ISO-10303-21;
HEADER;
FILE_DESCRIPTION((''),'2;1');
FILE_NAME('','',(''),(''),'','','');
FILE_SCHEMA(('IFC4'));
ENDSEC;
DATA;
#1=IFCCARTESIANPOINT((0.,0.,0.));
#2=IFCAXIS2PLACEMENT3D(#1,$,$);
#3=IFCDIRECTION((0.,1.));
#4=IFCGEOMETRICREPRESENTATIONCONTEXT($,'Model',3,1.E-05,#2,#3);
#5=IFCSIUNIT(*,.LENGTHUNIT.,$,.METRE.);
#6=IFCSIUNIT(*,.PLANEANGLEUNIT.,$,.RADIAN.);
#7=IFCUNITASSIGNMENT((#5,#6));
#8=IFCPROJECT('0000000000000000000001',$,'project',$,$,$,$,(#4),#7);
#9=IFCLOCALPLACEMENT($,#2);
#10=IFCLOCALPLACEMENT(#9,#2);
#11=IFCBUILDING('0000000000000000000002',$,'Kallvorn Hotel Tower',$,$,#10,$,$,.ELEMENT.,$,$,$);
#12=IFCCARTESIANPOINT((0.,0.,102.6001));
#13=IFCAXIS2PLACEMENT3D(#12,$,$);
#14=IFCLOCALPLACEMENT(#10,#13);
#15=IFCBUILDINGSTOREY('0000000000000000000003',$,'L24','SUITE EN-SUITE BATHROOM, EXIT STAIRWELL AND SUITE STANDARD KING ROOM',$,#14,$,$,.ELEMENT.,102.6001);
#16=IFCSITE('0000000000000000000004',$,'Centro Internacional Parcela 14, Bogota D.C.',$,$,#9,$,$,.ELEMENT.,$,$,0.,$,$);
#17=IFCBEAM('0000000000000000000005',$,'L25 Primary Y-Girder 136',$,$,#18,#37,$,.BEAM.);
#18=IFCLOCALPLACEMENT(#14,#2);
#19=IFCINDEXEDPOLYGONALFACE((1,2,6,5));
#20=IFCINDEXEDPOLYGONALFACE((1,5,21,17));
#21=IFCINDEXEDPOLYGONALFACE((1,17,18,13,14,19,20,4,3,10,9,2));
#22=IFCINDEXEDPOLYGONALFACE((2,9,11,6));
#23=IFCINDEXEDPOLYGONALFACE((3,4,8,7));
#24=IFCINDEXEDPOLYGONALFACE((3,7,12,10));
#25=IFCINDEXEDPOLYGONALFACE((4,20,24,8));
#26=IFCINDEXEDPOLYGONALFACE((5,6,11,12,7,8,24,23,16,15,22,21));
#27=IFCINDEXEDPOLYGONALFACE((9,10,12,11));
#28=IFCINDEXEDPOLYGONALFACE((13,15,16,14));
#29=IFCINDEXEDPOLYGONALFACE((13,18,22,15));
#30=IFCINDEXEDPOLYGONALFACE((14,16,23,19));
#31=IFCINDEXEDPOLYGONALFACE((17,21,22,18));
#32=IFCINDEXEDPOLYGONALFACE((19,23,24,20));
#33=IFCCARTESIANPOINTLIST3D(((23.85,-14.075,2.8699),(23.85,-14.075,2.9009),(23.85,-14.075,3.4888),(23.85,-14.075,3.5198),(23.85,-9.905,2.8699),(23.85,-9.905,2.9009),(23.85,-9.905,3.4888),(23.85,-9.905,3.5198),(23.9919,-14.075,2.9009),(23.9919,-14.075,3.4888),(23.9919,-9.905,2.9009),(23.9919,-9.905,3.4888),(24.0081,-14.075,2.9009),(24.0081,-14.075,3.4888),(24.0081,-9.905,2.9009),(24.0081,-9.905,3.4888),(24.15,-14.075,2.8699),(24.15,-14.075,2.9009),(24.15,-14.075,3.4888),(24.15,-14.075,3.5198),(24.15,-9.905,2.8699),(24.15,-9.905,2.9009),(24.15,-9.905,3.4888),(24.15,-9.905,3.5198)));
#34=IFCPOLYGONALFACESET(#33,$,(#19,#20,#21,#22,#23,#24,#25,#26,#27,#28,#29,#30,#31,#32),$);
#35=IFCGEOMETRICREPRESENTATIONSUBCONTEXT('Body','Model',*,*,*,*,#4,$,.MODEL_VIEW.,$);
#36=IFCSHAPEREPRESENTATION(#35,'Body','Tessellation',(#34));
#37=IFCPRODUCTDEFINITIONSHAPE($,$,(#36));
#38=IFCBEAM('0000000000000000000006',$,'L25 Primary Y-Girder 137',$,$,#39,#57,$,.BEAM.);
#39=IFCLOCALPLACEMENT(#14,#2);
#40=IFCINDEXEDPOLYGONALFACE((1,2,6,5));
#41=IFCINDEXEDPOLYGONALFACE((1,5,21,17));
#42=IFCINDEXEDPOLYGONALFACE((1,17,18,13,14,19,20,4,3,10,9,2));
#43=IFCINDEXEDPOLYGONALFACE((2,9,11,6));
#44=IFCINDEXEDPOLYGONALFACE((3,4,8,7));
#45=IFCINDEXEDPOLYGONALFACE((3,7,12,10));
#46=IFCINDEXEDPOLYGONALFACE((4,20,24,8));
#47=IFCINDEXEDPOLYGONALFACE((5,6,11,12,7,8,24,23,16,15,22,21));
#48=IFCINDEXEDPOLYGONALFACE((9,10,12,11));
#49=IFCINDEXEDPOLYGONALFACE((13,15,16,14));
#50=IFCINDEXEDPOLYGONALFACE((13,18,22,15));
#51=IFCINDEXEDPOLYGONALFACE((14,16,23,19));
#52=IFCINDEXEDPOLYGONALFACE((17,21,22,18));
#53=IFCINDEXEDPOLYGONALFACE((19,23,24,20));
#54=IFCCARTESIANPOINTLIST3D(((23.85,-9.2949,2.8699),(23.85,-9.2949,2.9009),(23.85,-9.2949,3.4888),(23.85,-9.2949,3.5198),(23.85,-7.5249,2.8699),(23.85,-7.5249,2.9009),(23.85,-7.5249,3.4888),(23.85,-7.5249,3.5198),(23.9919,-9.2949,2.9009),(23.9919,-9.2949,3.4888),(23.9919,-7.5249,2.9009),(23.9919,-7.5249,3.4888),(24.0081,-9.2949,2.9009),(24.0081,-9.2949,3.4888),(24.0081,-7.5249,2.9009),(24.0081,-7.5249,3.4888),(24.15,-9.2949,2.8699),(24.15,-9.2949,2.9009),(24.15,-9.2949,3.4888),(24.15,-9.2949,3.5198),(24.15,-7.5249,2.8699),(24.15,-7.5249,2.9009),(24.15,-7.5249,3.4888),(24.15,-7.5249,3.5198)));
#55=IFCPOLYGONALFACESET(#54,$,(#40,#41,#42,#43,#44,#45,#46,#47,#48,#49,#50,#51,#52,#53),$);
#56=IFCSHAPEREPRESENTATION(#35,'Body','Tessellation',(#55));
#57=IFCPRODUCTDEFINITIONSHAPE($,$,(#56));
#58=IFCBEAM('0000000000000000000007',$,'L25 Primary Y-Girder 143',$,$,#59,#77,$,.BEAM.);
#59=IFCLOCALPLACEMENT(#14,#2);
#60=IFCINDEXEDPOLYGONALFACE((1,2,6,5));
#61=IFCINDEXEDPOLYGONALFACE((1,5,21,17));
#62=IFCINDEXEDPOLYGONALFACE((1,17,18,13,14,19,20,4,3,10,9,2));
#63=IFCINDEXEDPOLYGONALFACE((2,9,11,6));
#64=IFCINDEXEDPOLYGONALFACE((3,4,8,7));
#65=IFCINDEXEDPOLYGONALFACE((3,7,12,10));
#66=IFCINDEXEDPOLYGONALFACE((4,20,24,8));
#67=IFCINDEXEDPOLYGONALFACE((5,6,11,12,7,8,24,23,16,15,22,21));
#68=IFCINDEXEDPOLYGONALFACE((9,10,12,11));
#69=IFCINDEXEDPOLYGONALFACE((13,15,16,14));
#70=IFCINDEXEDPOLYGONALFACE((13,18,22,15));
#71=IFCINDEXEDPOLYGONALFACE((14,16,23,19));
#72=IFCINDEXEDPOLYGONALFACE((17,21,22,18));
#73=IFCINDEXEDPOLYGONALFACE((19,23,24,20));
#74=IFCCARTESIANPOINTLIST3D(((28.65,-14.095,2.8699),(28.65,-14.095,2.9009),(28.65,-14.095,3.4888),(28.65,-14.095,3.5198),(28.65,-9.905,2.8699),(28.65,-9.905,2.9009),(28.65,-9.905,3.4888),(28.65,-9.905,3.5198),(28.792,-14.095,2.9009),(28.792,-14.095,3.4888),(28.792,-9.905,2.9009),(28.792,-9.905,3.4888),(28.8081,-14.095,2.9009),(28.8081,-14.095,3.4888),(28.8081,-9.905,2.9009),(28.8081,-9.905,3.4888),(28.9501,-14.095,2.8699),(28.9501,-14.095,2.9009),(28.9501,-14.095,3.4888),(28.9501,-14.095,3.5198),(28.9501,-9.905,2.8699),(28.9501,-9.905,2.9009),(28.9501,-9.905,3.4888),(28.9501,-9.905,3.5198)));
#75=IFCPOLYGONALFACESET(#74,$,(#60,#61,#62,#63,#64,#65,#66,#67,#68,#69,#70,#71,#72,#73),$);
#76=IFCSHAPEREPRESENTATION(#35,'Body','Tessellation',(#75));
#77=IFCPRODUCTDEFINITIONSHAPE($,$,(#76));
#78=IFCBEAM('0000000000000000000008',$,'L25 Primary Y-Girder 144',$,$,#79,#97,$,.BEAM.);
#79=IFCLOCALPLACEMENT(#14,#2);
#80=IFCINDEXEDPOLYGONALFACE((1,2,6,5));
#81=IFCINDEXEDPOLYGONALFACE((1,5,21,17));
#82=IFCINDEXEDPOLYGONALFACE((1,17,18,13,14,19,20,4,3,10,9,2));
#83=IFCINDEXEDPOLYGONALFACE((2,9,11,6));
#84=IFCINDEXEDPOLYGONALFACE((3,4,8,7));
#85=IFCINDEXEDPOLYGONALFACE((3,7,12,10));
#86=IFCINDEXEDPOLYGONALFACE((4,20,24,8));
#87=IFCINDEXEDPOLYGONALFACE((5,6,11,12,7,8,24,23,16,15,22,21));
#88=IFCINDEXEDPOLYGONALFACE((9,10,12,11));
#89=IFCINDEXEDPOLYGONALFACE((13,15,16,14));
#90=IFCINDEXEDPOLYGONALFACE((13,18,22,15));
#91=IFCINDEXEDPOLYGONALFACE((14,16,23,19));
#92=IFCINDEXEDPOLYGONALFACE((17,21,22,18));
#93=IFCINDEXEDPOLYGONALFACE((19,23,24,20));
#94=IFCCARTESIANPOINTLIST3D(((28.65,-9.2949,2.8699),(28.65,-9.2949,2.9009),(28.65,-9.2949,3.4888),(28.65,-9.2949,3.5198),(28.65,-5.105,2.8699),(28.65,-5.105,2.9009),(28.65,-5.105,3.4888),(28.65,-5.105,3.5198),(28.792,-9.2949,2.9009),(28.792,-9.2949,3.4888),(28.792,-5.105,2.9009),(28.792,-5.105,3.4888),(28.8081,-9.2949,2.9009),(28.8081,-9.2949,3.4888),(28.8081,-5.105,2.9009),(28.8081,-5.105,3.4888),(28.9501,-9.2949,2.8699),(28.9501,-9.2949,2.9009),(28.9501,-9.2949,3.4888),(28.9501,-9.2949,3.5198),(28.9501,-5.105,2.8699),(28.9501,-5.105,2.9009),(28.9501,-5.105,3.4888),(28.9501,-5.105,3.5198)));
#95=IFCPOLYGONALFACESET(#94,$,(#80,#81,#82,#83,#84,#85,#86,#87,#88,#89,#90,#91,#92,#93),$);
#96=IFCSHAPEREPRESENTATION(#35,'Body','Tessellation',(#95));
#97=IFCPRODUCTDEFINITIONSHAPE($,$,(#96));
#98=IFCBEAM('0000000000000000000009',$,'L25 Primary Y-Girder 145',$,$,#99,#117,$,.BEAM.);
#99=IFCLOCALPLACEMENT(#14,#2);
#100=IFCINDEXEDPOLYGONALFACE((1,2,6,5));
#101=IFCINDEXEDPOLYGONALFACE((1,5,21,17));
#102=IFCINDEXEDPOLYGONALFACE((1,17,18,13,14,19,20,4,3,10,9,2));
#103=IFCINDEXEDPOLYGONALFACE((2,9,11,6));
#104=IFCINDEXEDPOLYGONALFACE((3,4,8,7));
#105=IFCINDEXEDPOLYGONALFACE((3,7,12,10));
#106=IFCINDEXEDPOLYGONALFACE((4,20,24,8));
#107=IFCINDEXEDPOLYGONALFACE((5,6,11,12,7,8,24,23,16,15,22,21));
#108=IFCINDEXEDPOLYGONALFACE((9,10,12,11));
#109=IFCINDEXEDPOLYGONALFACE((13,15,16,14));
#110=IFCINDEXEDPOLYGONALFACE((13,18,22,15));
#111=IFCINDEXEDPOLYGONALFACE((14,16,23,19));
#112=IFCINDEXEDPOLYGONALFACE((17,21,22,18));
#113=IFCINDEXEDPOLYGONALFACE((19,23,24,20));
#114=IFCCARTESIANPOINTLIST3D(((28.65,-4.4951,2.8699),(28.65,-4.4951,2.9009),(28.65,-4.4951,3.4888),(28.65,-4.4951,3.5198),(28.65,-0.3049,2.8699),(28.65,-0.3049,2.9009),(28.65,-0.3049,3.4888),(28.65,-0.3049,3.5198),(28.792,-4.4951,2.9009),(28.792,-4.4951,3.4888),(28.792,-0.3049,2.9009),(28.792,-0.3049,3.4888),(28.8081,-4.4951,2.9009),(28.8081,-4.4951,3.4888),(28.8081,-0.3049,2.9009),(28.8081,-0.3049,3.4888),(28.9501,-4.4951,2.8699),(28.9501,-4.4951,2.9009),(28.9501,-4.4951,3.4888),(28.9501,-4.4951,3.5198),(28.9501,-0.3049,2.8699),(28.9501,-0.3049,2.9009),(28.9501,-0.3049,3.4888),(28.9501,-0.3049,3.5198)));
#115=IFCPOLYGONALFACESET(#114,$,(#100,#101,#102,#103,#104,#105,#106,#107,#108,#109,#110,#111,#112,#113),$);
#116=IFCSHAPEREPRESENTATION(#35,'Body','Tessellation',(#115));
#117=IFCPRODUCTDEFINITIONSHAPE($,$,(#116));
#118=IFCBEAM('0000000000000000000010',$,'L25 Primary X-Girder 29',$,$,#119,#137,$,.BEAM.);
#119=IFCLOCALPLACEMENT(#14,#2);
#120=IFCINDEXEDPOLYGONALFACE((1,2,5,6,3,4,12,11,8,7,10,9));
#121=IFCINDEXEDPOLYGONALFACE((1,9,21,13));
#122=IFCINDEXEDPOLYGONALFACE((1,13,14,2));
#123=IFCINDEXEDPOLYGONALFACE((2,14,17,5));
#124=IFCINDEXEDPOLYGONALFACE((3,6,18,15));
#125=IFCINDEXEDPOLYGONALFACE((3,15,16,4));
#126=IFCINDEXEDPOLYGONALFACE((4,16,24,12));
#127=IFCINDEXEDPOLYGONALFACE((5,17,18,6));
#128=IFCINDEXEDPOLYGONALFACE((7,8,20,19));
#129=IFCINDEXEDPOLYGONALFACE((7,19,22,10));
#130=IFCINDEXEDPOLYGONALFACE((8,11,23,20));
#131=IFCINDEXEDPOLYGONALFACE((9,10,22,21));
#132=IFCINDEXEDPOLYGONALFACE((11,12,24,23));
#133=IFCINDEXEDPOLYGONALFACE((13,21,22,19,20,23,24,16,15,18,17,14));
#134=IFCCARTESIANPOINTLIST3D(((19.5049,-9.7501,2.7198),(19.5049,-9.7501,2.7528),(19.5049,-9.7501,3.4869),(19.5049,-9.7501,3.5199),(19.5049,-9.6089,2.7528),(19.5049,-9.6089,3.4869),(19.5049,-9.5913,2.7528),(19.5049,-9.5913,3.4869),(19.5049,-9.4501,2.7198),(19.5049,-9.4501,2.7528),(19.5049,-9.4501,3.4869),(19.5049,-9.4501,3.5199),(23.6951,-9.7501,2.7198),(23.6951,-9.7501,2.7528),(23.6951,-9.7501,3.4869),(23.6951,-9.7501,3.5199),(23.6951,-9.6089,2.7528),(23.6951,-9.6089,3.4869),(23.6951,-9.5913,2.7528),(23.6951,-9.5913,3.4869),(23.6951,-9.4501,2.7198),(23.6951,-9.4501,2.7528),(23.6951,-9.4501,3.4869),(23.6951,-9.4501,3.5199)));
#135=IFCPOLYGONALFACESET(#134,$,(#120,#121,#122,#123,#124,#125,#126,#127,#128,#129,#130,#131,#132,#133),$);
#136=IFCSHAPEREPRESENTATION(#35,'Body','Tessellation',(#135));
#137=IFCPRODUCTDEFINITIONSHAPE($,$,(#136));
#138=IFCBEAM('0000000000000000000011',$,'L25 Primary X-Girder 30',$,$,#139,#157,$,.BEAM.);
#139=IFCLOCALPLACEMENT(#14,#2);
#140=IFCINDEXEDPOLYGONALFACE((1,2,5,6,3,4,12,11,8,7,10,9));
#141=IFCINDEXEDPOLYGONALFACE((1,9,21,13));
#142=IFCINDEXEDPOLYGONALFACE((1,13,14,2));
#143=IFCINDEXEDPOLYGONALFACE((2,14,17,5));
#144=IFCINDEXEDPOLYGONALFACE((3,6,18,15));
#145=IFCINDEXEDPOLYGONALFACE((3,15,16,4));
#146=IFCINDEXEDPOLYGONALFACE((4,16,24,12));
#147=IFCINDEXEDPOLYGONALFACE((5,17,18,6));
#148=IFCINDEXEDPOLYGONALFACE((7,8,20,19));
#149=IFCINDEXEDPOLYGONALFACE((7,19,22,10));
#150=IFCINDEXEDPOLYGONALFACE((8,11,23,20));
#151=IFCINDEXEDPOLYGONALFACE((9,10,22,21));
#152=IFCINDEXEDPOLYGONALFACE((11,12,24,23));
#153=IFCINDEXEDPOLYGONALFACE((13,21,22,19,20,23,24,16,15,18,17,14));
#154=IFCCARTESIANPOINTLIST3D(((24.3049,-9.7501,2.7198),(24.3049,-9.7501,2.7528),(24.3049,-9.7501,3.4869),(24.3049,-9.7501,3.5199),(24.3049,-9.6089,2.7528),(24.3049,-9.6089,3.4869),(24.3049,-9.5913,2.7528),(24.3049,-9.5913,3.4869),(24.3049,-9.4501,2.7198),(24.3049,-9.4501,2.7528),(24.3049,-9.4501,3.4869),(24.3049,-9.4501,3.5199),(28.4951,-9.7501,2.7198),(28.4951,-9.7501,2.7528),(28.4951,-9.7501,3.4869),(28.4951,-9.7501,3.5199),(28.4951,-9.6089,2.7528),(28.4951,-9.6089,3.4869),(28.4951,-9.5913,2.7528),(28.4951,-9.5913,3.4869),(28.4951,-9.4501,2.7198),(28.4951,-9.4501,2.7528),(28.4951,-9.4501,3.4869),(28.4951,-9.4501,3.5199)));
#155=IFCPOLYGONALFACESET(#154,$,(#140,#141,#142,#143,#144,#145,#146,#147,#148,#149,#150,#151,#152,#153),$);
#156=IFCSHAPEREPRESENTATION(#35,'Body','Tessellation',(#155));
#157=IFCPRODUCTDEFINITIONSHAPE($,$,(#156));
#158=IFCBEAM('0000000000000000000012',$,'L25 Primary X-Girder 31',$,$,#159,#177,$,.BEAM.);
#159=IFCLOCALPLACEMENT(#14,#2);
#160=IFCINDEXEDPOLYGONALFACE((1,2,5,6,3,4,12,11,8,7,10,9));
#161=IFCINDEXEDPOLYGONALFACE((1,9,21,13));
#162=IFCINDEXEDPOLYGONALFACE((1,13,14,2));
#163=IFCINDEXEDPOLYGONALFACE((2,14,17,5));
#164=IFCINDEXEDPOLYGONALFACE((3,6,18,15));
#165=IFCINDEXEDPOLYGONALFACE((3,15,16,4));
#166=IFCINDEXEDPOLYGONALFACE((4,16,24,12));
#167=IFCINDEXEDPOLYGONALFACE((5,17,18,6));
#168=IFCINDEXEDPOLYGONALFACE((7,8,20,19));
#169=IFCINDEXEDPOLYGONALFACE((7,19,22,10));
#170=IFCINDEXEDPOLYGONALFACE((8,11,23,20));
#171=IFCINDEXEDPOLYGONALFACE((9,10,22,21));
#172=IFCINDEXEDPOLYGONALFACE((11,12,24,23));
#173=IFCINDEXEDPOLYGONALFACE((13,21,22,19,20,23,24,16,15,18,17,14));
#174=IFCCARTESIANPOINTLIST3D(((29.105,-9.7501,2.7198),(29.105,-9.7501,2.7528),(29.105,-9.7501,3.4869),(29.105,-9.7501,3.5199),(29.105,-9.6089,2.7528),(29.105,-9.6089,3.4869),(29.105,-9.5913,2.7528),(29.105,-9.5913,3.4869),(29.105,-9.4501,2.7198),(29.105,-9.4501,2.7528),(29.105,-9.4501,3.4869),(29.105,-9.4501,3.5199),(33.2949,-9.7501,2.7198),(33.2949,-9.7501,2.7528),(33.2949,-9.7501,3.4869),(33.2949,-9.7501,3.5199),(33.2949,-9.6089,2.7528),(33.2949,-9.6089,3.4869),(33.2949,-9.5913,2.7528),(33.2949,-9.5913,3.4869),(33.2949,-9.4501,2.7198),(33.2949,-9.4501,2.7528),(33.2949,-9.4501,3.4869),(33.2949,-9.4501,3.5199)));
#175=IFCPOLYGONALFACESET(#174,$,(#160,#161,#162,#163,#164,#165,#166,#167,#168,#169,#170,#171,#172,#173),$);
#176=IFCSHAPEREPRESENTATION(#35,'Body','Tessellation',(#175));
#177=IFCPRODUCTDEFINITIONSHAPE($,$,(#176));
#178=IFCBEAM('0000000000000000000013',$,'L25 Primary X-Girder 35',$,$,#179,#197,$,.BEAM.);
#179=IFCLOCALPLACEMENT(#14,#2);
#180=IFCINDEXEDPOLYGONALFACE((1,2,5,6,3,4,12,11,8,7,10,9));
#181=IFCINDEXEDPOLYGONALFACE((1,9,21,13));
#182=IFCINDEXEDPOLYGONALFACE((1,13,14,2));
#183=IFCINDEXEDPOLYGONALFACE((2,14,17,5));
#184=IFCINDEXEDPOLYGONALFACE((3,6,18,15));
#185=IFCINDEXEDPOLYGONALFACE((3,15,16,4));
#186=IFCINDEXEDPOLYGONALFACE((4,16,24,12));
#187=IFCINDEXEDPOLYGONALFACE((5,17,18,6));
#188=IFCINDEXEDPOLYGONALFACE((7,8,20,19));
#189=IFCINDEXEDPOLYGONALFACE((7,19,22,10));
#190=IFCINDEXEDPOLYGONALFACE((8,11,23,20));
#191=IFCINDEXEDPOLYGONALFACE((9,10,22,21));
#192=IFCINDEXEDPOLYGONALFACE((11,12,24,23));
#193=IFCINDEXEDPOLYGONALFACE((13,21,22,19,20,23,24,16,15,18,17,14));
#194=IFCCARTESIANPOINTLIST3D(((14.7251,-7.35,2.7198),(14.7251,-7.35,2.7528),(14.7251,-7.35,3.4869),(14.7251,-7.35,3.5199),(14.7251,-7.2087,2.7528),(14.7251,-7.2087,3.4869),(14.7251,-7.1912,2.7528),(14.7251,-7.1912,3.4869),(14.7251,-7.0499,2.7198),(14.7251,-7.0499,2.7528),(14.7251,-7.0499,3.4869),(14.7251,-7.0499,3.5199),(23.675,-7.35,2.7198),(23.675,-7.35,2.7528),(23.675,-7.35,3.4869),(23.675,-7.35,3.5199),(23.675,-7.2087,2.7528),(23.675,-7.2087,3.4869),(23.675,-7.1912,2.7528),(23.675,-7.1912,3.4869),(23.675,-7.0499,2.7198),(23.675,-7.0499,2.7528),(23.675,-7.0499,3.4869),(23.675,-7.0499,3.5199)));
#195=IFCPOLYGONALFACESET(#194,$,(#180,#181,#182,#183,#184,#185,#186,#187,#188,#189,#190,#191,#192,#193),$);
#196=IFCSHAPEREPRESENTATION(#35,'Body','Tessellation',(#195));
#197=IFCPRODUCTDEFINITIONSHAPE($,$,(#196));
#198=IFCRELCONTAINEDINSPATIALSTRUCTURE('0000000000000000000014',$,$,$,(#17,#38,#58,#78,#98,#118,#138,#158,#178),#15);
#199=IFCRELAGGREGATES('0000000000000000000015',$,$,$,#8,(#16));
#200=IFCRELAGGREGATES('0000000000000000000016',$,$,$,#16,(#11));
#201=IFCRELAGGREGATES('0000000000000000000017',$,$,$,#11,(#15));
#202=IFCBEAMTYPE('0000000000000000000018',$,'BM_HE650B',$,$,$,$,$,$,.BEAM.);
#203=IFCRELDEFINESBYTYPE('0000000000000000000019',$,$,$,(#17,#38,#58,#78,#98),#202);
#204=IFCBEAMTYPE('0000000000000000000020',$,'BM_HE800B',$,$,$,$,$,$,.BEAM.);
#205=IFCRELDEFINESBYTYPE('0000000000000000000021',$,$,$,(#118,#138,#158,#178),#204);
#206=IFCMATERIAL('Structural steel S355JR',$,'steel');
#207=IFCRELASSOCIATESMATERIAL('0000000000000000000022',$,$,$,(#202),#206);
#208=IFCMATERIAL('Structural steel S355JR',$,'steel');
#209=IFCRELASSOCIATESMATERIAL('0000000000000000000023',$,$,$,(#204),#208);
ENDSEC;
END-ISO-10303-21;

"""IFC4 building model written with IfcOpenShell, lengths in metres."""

from ifc_helpers import new_model, si_unit, direction, frame, origin, origin_2d, place, context, subcontext, project, spatial, i_section, extrude, material, material_profile, profile_set, type_object, element, save


model = new_model("IFC4")

# Units and contexts
model_context = context("Model", 3, precision=1e-05, world=origin(), true_north=direction((0.0, 1.0)))
body_context = subcontext(model_context, "Body", "Model", "MODEL_VIEW")
ifc_project = project(units=[si_unit("LENGTHUNIT", "METRE"), si_unit("PLANEANGLEUNIT", "RADIAN")], contexts=[model_context])

# Site, building, storey
site_placement = place(None, origin())
site = spatial("IfcSite", under=ifc_project, at=site_placement, Name="Centro Internacional Parcela 14, Bogota D.C.", CompositionType="ELEMENT", RefElevation=0.0)
building_placement = place(site_placement, origin())
building = spatial("IfcBuilding", under=site, at=building_placement, Name="Kallvorn Hotel Tower", CompositionType="ELEMENT")
storey_placement = place(building_placement, frame((0.0, 0.0, 102.6001)))
storey = spatial("IfcBuildingStorey", under=building, at=storey_placement, Name="L24", Description="SUITE EN-SUITE BATHROOM, EXIT STAIRWELL AND SUITE STANDARD KING ROOM", CompositionType="ELEMENT", Elevation=102.6001)

# Beams
ifc_material_1 = material(Name="Structural steel S355JR", Category="steel")
ifc_material_profile_1 = material_profile(ifc_material_1, i_section(OverallWidth=0.3, OverallDepth=0.6499, WebThickness=0.0161, FlangeThickness=0.031, at=origin_2d()), Name="HE 650 B")
ifc_profile_set_1 = profile_set([ifc_material_profile_1], Name="Structural steel S355JR")
beam_type_1 = type_object("IfcBeamType", Name="BM_HE650B", PredefinedType="BEAM", material=ifc_profile_set_1)
beam_1_placement = place(storey_placement, frame((24.0, -14.075, 3.1948), z_axis=(0.0, 1.0, 0.0), x_axis=(-1.0, 0.0, 0.0)))
element("IfcBeam", 1, at=beam_1_placement, inside=storey, type_object=beam_type_1, Name="L25 Primary Y-Girder 136", PredefinedType="BEAM", context=body_context, shape_type="SweptSolid", body=[
    extrude(i_section(OverallWidth=0.3, OverallDepth=0.6499, WebThickness=0.0161, FlangeThickness=0.031, at=origin_2d()), origin(), (0.0, 0.0, 1.0), 4.1699),
])
beam_2_placement = place(storey_placement, frame((24.0, -9.2949, 3.1948), z_axis=(0.0, 1.0, 0.0), x_axis=(-1.0, 0.0, 0.0)))
element("IfcBeam", 2, at=beam_2_placement, inside=storey, type_object=beam_type_1, Name="L25 Primary Y-Girder 137", PredefinedType="BEAM", context=body_context, shape_type="SweptSolid", body=[
    extrude(i_section(OverallWidth=0.3, OverallDepth=0.6499, WebThickness=0.0161, FlangeThickness=0.031, at=origin_2d()), origin(), (0.0, 0.0, 1.0), 1.77),
])
for number, where, z_axis, x_axis, name in (
    (3, (28.8, -14.095, 3.1948), (0.0, 1.0, 0.0), (-1.0, 0.0, 0.0), "L25 Primary Y-Girder 143"),
    (4, (28.8, -9.2949, 3.1948), (0.0, 1.0, 0.0), (-1.0, 0.0, 0.0), "L25 Primary Y-Girder 144"),
):
    element("IfcBeam", number, at=place(storey_placement, frame(where, z_axis=z_axis, x_axis=x_axis)), inside=storey, type_object=beam_type_1, Name=name, PredefinedType="BEAM", context=body_context, shape_type="SweptSolid", body=[
        extrude(i_section(OverallWidth=0.3, OverallDepth=0.6499, WebThickness=0.0161, FlangeThickness=0.031, at=origin_2d()), origin(), (0.0, 0.0, 1.0), 4.1899),
    ])
beam_3_placement = place(storey_placement, frame((28.8, -4.4951, 3.1948), z_axis=(0.0, 1.0, 0.0), x_axis=(-1.0, 0.0, 0.0)))
element("IfcBeam", 5, at=beam_3_placement, inside=storey, type_object=beam_type_1, Name="L25 Primary Y-Girder 145", PredefinedType="BEAM", context=body_context, shape_type="SweptSolid", body=[
    extrude(i_section(OverallWidth=0.3, OverallDepth=0.6499, WebThickness=0.0161, FlangeThickness=0.031, at=origin_2d()), origin(), (0.0, 0.0, 1.0), 4.1902),
])
ifc_material_2 = material(Name="Structural steel S355JR", Category="steel")
ifc_material_profile_2 = material_profile(ifc_material_2, i_section(OverallWidth=0.3, OverallDepth=0.8, WebThickness=0.0176, FlangeThickness=0.033, at=origin_2d()), Name="HE 800 B")
ifc_profile_set_2 = profile_set([ifc_material_profile_2], Name="Structural steel S355JR")
beam_type_2 = type_object("IfcBeamType", Name="BM_HE800B", PredefinedType="BEAM", material=ifc_profile_set_2)
for number, where, z_axis, x_axis, name in (
    (6, (19.5049, -9.6001, 3.1199), (1.0, 0.0, 0.0), (0.0, 1.0, 0.0), "L25 Primary X-Girder 29"),
    (7, (24.3049, -9.6001, 3.1199), (1.0, 0.0, 0.0), (0.0, 1.0, 0.0), "L25 Primary X-Girder 30"),
):
    element("IfcBeam", number, at=place(storey_placement, frame(where, z_axis=z_axis, x_axis=x_axis)), inside=storey, type_object=beam_type_2, Name=name, PredefinedType="BEAM", context=body_context, shape_type="SweptSolid", body=[
        extrude(i_section(OverallWidth=0.3, OverallDepth=0.8, WebThickness=0.0176, FlangeThickness=0.033, at=origin_2d()), origin(), (0.0, 0.0, 1.0), 4.1902),
    ])
beam_4_placement = place(storey_placement, frame((29.105, -9.6001, 3.1199), z_axis=(1.0, 0.0, 0.0), x_axis=(0.0, 1.0, 0.0)))
element("IfcBeam", 8, at=beam_4_placement, inside=storey, type_object=beam_type_2, Name="L25 Primary X-Girder 31", PredefinedType="BEAM", context=body_context, shape_type="SweptSolid", body=[
    extrude(i_section(OverallWidth=0.3, OverallDepth=0.8, WebThickness=0.0176, FlangeThickness=0.033, at=origin_2d()), origin(), (0.0, 0.0, 1.0), 4.1899),
])
beam_5_placement = place(storey_placement, frame((14.7251, -7.2, 3.1199), z_axis=(1.0, 0.0, 0.0), x_axis=(0.0, 1.0, 0.0)))
element("IfcBeam", 9, at=beam_5_placement, inside=storey, type_object=beam_type_2, Name="L25 Primary X-Girder 35", PredefinedType="BEAM", context=body_context, shape_type="SweptSolid", body=[
    extrude(i_section(OverallWidth=0.3, OverallDepth=0.8, WebThickness=0.0176, FlangeThickness=0.033, at=origin_2d()), origin(), (0.0, 0.0, 1.0), 8.95),
])

save(model, "model.ifc")
